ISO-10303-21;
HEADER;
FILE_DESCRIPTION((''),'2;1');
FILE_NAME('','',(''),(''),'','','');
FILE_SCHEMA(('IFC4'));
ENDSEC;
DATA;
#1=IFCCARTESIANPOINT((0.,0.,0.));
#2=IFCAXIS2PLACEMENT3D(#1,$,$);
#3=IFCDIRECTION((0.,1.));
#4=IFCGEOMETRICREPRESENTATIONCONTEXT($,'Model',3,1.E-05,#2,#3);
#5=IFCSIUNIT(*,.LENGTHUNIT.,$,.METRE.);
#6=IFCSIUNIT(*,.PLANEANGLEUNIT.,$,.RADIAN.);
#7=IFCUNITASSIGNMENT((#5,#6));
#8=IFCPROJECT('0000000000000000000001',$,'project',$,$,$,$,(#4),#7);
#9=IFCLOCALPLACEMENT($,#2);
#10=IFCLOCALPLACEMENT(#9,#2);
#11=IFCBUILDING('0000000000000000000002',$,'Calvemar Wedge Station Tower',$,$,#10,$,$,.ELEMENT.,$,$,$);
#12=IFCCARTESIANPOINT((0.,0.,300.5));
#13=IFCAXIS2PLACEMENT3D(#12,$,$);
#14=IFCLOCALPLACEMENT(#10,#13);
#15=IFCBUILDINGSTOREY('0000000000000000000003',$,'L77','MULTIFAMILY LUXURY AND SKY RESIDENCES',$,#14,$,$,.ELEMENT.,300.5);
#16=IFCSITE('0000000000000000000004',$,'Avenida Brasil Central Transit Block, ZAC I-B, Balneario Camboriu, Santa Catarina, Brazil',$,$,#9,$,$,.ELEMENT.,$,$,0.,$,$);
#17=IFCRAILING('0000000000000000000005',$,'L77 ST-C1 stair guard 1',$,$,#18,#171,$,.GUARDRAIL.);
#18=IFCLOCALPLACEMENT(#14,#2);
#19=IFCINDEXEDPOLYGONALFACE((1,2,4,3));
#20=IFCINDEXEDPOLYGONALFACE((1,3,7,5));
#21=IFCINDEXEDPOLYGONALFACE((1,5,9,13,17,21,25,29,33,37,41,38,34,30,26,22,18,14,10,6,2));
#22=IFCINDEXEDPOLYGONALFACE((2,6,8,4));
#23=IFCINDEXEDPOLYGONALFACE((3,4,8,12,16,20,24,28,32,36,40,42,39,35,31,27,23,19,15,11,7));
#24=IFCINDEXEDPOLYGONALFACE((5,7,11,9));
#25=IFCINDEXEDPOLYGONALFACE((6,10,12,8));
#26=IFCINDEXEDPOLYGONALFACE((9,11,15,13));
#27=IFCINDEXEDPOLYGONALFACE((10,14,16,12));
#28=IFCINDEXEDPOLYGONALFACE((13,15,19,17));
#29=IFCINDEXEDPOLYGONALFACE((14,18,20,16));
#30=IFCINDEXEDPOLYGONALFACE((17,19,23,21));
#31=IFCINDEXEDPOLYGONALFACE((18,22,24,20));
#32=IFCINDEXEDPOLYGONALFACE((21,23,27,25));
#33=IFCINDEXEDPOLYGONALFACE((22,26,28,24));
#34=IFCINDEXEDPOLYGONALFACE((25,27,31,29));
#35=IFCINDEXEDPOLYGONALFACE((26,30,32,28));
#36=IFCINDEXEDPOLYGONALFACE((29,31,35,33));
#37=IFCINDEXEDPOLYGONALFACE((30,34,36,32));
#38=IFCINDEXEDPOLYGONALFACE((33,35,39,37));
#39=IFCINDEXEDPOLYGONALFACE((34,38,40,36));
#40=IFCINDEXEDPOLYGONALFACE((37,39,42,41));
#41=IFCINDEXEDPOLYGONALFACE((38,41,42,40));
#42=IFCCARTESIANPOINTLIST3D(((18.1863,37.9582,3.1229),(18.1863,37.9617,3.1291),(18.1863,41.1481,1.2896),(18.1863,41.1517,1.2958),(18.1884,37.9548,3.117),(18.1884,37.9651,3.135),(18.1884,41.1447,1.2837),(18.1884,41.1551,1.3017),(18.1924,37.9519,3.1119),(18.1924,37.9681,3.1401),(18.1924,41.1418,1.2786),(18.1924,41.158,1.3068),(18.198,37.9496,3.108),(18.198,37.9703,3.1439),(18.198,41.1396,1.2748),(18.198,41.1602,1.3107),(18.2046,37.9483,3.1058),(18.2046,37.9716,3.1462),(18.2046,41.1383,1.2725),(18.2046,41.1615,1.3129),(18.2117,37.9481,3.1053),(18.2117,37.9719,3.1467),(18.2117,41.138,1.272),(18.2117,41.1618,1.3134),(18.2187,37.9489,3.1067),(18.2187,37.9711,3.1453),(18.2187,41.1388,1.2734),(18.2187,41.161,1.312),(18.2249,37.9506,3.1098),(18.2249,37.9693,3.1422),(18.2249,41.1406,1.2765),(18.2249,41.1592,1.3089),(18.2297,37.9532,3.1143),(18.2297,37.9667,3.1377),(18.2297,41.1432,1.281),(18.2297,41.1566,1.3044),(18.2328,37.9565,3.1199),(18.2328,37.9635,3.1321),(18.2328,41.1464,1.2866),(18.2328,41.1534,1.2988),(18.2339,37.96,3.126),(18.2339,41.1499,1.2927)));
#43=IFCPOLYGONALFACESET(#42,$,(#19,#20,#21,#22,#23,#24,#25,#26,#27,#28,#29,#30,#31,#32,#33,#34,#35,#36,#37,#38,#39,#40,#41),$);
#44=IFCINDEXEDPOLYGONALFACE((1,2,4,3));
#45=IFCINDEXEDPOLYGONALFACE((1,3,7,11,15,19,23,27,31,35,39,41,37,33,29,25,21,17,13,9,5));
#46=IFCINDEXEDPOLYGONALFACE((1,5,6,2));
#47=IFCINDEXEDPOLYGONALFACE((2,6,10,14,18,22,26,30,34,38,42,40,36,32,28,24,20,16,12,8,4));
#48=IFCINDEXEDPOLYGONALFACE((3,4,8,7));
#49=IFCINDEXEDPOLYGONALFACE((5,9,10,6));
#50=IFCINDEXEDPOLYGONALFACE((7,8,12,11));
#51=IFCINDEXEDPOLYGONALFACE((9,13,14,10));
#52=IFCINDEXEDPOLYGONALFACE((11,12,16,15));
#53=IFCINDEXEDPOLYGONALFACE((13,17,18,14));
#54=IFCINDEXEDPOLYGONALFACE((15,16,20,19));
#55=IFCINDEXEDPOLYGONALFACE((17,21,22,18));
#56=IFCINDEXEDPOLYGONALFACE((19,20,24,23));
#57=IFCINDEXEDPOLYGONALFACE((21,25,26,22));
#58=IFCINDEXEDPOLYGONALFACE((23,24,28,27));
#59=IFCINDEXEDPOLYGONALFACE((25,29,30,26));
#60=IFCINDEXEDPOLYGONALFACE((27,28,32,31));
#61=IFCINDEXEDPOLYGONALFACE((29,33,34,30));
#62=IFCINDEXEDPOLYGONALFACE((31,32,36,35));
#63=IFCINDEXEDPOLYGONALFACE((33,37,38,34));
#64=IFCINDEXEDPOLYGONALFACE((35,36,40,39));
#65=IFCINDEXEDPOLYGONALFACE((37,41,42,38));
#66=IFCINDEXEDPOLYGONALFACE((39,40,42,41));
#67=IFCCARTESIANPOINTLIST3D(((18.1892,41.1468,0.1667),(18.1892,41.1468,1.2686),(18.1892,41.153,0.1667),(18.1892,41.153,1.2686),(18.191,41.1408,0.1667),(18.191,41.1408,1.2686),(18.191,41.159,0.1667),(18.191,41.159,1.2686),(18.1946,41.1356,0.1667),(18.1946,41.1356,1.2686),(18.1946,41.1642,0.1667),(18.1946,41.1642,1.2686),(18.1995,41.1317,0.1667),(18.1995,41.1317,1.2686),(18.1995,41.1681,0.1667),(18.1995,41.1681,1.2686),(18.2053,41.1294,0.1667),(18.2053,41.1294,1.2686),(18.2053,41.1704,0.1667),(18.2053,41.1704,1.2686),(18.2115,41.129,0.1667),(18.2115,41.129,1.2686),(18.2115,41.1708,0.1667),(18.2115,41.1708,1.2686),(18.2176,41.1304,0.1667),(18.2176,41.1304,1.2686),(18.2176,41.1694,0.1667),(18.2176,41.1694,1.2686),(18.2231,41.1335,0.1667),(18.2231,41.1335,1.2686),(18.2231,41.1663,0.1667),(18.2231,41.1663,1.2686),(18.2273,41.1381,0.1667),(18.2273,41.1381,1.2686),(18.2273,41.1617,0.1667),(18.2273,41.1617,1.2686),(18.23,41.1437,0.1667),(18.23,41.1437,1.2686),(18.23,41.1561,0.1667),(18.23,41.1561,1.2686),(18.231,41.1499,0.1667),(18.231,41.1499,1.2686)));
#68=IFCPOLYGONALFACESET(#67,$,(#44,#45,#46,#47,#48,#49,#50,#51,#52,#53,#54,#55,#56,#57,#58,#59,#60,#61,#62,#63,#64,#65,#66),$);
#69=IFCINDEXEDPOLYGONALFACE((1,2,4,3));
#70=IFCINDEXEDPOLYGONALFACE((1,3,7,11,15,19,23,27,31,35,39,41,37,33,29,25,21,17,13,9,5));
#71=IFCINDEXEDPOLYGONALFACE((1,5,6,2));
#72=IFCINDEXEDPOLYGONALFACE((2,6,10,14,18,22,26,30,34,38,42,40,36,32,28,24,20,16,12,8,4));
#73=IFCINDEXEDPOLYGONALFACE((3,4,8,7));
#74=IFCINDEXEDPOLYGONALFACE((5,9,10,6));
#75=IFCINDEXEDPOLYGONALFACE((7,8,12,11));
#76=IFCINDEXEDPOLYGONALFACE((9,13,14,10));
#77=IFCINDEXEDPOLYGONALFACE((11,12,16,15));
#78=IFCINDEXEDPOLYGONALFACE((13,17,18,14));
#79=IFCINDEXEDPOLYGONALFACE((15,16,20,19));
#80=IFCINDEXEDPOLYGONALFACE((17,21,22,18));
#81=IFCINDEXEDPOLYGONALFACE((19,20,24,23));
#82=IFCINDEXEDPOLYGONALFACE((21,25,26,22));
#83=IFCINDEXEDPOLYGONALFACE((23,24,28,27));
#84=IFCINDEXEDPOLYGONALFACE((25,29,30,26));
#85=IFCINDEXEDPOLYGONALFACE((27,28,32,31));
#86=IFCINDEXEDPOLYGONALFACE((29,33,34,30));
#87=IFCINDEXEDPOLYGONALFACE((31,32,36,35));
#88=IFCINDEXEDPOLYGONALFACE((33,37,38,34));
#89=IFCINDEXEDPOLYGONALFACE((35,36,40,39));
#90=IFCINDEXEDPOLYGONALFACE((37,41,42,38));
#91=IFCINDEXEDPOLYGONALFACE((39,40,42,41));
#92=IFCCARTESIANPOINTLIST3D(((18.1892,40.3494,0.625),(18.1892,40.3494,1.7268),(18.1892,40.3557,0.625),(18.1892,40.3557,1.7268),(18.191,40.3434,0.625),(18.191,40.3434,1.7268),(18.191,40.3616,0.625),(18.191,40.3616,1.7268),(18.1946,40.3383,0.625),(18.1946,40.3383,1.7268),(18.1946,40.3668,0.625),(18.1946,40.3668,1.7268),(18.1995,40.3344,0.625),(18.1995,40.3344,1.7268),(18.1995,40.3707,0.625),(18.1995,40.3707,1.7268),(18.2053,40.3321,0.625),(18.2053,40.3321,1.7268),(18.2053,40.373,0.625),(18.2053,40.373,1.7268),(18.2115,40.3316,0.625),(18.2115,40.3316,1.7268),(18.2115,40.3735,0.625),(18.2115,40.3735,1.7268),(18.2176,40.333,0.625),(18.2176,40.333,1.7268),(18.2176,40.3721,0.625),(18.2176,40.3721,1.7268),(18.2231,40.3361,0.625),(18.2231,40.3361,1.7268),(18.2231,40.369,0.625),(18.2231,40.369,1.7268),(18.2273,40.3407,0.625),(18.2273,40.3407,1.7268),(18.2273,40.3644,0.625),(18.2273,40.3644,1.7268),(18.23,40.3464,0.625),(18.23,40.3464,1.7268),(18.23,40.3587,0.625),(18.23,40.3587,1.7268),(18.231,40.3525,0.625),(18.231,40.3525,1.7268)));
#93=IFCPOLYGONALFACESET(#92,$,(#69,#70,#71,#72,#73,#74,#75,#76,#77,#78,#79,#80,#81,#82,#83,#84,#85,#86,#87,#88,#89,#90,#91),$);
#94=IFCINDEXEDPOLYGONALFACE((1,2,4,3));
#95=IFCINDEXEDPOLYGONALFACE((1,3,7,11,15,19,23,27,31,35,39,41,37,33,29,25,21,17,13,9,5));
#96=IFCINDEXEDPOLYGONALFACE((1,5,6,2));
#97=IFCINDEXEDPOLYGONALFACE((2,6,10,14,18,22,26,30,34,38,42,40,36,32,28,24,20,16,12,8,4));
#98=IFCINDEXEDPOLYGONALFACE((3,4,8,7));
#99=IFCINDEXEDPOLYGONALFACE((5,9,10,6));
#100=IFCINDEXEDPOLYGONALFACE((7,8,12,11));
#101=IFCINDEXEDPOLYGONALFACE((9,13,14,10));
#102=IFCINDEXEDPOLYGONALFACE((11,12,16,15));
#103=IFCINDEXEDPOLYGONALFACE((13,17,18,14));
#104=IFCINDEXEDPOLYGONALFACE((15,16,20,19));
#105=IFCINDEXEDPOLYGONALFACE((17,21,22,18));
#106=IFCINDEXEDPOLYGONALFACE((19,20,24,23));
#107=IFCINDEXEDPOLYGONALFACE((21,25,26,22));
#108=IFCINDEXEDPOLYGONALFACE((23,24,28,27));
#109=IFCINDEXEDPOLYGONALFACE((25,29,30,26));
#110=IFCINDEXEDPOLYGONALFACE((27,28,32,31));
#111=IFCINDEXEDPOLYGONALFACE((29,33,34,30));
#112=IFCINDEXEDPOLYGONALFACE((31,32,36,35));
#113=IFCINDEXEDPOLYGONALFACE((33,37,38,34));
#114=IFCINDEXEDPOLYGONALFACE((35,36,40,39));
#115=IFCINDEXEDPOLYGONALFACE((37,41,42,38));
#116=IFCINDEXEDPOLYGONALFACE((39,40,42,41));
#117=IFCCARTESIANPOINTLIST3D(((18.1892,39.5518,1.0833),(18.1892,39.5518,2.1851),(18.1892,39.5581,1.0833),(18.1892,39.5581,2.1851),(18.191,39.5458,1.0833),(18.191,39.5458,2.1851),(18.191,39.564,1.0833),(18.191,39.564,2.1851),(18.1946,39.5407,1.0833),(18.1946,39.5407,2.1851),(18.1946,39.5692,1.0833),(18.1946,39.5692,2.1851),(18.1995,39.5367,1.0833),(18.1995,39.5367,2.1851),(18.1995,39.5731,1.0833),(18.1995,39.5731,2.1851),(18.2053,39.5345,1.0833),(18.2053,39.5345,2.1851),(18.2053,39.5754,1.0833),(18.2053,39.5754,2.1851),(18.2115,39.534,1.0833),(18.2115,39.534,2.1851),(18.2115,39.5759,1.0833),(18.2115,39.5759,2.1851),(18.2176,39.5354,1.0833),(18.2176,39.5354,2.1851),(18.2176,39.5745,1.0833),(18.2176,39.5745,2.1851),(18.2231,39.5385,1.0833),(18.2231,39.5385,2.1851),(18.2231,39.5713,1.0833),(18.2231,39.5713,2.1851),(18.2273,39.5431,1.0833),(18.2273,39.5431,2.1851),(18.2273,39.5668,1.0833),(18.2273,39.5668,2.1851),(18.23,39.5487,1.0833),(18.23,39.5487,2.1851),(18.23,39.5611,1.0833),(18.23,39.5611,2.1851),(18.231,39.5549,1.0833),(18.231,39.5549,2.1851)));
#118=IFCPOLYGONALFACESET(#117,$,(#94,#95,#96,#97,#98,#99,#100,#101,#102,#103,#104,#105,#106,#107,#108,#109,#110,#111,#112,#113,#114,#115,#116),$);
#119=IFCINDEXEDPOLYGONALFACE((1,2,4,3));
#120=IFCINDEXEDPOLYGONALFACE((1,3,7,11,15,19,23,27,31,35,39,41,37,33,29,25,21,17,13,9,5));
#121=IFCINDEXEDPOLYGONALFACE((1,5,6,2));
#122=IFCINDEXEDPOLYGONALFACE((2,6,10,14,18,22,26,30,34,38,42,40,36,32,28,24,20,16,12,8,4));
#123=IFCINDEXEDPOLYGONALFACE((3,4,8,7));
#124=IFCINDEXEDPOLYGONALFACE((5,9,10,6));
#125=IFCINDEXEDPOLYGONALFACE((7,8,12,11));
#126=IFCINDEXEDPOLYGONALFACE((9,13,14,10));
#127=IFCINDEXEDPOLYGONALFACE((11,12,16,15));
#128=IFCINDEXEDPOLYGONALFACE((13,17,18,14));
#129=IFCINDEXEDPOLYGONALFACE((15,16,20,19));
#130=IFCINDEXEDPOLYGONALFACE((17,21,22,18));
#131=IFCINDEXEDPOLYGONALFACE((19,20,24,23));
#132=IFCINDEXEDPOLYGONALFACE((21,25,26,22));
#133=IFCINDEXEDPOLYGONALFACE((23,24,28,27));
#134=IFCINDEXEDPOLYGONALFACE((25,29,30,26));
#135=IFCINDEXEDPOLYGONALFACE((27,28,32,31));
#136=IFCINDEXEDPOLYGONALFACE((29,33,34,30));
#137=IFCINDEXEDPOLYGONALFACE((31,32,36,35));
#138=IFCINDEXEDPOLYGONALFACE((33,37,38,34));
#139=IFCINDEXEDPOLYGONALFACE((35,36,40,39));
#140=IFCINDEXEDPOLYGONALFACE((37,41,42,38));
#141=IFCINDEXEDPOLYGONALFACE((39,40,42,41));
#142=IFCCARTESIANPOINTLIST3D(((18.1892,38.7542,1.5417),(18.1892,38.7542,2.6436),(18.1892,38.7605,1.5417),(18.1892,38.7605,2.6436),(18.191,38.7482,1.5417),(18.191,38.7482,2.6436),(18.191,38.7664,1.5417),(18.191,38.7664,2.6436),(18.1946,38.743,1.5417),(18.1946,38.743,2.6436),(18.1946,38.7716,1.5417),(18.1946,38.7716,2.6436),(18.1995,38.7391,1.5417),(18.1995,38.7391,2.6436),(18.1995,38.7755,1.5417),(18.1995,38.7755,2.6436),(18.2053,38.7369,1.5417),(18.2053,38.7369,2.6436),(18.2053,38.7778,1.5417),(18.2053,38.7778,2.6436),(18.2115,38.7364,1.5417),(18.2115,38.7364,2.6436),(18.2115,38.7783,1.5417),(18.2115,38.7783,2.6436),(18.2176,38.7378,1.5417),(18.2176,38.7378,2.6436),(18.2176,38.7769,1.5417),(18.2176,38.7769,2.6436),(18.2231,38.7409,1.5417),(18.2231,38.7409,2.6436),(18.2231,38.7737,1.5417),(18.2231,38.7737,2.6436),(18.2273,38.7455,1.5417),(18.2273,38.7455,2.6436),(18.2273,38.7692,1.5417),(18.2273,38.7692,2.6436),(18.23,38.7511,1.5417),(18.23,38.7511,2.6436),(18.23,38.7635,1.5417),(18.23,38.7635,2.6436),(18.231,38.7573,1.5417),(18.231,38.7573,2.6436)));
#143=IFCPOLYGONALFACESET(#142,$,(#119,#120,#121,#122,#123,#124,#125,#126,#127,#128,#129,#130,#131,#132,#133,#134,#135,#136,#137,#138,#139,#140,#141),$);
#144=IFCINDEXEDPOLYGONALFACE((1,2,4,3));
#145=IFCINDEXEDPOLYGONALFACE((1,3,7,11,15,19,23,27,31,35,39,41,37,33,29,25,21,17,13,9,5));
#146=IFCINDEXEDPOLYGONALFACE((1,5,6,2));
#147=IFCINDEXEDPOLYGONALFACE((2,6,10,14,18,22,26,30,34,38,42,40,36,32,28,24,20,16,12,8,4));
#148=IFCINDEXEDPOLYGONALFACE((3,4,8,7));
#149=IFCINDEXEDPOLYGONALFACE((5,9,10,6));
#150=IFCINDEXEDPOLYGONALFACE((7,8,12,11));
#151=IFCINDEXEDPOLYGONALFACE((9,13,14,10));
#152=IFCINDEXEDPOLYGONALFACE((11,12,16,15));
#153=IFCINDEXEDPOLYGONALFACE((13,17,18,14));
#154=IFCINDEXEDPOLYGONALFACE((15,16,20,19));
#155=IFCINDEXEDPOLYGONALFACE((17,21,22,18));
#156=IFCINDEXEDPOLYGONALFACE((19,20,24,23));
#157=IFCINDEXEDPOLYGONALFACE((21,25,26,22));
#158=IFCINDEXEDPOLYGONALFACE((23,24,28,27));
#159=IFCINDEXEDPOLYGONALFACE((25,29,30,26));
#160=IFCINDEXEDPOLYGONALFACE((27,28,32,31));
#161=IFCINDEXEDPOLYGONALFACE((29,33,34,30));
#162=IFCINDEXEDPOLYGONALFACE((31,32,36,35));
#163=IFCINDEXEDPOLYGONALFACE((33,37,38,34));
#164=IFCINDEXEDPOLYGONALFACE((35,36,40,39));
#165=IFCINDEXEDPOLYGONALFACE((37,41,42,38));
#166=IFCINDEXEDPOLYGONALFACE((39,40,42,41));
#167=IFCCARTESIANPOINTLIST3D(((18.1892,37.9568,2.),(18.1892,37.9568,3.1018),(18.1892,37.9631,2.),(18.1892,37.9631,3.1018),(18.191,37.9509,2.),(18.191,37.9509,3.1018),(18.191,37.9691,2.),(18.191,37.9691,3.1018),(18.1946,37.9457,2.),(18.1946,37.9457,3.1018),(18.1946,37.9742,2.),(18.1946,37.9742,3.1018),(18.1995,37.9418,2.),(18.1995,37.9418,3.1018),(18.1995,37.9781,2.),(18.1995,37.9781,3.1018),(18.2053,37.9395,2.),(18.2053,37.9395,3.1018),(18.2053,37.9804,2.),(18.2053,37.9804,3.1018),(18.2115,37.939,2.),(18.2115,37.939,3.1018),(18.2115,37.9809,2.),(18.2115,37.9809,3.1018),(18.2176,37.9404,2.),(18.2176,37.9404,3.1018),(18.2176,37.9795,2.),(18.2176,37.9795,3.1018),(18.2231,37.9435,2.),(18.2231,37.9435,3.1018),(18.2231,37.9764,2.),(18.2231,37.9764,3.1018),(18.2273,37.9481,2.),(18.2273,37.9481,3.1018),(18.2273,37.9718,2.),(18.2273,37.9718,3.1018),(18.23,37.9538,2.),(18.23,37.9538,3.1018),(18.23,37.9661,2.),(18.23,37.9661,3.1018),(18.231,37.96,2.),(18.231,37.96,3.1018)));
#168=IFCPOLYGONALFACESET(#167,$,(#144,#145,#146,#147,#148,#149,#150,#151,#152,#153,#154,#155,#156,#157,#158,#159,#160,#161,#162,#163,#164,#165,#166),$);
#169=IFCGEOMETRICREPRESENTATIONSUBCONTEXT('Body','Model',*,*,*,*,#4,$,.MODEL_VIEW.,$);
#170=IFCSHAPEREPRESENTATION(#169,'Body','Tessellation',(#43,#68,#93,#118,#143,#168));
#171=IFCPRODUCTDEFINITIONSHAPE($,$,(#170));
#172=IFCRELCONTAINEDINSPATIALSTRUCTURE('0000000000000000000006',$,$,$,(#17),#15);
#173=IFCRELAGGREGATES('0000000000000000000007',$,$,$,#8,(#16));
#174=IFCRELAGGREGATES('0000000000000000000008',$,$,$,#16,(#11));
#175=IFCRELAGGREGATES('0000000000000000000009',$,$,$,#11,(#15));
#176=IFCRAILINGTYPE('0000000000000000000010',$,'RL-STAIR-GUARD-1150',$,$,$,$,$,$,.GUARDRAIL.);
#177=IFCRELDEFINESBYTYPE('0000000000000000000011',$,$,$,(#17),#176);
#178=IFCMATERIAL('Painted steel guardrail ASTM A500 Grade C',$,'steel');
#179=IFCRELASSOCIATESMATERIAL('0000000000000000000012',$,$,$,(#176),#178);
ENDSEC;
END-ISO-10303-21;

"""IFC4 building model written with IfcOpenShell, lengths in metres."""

from ifc_helpers import new_model, si_unit, direction, frame, origin, origin_2d, place, context, subcontext, project, spatial, circle, extrude, material, type_object, element, save


model = new_model("IFC4")

# Units and contexts
model_context = context("Model", 3, precision=1e-05, world=origin(), true_north=direction((0.0, 1.0)))
body_context = subcontext(model_context, "Body", "Model", "MODEL_VIEW")
ifc_project = project(units=[si_unit("LENGTHUNIT", "METRE"), si_unit("PLANEANGLEUNIT", "RADIAN")], contexts=[model_context])

# Site, building, storey
site_placement = place(None, origin())
site = spatial("IfcSite", under=ifc_project, at=site_placement, Name="Avenida Brasil Central Transit Block, ZAC I-B, Balneario Camboriu, Santa Catarina, Brazil", CompositionType="ELEMENT", RefElevation=0.0)
building_placement = place(site_placement, origin())
building = spatial("IfcBuilding", under=site, at=building_placement, Name="Calvemar Wedge Station Tower", CompositionType="ELEMENT")
storey_placement = place(building_placement, frame((0.0, 0.0, 300.5)))
storey = spatial("IfcBuildingStorey", under=building, at=storey_placement, Name="L77", Description="MULTIFAMILY LUXURY AND SKY RESIDENCES", CompositionType="ELEMENT", Elevation=300.5)

# Railing
ifc_material_1 = material(Name="Painted steel guardrail ASTM A500 Grade C", Category="steel")
railing_type_1 = type_object("IfcRailingType", Name="RL-STAIR-GUARD-1150", PredefinedType="GUARDRAIL", material=ifc_material_1)
railing_1_placement = place(storey_placement, frame((18.21, 41.1499, 0.1667)))
element("IfcRailing", 1, at=railing_1_placement, inside=storey, type_object=railing_type_1, Name="L77 ST-C1 stair guard 1", PredefinedType="GUARDRAIL", context=body_context, shape_type="SweptSolid", body=[
    extrude(circle(Radius=0.0239, at=origin_2d()), frame((0.0, 0.0, 1.126), z_axis=(0.0, -0.86702, 0.498274), x_axis=(1.0, 0.0, 0.0)), (0.0, 0.0, 1.0), 3.6792),
    extrude(circle(Radius=0.021, at=origin_2d()), origin(), (0.0, 0.0, 1.0), 1.1018),
    extrude(circle(Radius=0.021, at=origin_2d()), frame((0.0, -0.7974, 0.4583)), (0.0, 0.0, 1.0), 1.1018),
    extrude(circle(Radius=0.021, at=origin_2d()), frame((0.0, -1.595, 0.9165)), (0.0, 0.0, 1.0), 1.1018),
    extrude(circle(Radius=0.021, at=origin_2d()), frame((0.0, -2.3926, 1.375)), (0.0, 0.0, 1.0), 1.1018),
    extrude(circle(Radius=0.021, at=origin_2d()), frame((0.0, -3.1899, 1.8333)), (0.0, 0.0, 1.0), 1.1018),
])

save(model, "model.ifc")
